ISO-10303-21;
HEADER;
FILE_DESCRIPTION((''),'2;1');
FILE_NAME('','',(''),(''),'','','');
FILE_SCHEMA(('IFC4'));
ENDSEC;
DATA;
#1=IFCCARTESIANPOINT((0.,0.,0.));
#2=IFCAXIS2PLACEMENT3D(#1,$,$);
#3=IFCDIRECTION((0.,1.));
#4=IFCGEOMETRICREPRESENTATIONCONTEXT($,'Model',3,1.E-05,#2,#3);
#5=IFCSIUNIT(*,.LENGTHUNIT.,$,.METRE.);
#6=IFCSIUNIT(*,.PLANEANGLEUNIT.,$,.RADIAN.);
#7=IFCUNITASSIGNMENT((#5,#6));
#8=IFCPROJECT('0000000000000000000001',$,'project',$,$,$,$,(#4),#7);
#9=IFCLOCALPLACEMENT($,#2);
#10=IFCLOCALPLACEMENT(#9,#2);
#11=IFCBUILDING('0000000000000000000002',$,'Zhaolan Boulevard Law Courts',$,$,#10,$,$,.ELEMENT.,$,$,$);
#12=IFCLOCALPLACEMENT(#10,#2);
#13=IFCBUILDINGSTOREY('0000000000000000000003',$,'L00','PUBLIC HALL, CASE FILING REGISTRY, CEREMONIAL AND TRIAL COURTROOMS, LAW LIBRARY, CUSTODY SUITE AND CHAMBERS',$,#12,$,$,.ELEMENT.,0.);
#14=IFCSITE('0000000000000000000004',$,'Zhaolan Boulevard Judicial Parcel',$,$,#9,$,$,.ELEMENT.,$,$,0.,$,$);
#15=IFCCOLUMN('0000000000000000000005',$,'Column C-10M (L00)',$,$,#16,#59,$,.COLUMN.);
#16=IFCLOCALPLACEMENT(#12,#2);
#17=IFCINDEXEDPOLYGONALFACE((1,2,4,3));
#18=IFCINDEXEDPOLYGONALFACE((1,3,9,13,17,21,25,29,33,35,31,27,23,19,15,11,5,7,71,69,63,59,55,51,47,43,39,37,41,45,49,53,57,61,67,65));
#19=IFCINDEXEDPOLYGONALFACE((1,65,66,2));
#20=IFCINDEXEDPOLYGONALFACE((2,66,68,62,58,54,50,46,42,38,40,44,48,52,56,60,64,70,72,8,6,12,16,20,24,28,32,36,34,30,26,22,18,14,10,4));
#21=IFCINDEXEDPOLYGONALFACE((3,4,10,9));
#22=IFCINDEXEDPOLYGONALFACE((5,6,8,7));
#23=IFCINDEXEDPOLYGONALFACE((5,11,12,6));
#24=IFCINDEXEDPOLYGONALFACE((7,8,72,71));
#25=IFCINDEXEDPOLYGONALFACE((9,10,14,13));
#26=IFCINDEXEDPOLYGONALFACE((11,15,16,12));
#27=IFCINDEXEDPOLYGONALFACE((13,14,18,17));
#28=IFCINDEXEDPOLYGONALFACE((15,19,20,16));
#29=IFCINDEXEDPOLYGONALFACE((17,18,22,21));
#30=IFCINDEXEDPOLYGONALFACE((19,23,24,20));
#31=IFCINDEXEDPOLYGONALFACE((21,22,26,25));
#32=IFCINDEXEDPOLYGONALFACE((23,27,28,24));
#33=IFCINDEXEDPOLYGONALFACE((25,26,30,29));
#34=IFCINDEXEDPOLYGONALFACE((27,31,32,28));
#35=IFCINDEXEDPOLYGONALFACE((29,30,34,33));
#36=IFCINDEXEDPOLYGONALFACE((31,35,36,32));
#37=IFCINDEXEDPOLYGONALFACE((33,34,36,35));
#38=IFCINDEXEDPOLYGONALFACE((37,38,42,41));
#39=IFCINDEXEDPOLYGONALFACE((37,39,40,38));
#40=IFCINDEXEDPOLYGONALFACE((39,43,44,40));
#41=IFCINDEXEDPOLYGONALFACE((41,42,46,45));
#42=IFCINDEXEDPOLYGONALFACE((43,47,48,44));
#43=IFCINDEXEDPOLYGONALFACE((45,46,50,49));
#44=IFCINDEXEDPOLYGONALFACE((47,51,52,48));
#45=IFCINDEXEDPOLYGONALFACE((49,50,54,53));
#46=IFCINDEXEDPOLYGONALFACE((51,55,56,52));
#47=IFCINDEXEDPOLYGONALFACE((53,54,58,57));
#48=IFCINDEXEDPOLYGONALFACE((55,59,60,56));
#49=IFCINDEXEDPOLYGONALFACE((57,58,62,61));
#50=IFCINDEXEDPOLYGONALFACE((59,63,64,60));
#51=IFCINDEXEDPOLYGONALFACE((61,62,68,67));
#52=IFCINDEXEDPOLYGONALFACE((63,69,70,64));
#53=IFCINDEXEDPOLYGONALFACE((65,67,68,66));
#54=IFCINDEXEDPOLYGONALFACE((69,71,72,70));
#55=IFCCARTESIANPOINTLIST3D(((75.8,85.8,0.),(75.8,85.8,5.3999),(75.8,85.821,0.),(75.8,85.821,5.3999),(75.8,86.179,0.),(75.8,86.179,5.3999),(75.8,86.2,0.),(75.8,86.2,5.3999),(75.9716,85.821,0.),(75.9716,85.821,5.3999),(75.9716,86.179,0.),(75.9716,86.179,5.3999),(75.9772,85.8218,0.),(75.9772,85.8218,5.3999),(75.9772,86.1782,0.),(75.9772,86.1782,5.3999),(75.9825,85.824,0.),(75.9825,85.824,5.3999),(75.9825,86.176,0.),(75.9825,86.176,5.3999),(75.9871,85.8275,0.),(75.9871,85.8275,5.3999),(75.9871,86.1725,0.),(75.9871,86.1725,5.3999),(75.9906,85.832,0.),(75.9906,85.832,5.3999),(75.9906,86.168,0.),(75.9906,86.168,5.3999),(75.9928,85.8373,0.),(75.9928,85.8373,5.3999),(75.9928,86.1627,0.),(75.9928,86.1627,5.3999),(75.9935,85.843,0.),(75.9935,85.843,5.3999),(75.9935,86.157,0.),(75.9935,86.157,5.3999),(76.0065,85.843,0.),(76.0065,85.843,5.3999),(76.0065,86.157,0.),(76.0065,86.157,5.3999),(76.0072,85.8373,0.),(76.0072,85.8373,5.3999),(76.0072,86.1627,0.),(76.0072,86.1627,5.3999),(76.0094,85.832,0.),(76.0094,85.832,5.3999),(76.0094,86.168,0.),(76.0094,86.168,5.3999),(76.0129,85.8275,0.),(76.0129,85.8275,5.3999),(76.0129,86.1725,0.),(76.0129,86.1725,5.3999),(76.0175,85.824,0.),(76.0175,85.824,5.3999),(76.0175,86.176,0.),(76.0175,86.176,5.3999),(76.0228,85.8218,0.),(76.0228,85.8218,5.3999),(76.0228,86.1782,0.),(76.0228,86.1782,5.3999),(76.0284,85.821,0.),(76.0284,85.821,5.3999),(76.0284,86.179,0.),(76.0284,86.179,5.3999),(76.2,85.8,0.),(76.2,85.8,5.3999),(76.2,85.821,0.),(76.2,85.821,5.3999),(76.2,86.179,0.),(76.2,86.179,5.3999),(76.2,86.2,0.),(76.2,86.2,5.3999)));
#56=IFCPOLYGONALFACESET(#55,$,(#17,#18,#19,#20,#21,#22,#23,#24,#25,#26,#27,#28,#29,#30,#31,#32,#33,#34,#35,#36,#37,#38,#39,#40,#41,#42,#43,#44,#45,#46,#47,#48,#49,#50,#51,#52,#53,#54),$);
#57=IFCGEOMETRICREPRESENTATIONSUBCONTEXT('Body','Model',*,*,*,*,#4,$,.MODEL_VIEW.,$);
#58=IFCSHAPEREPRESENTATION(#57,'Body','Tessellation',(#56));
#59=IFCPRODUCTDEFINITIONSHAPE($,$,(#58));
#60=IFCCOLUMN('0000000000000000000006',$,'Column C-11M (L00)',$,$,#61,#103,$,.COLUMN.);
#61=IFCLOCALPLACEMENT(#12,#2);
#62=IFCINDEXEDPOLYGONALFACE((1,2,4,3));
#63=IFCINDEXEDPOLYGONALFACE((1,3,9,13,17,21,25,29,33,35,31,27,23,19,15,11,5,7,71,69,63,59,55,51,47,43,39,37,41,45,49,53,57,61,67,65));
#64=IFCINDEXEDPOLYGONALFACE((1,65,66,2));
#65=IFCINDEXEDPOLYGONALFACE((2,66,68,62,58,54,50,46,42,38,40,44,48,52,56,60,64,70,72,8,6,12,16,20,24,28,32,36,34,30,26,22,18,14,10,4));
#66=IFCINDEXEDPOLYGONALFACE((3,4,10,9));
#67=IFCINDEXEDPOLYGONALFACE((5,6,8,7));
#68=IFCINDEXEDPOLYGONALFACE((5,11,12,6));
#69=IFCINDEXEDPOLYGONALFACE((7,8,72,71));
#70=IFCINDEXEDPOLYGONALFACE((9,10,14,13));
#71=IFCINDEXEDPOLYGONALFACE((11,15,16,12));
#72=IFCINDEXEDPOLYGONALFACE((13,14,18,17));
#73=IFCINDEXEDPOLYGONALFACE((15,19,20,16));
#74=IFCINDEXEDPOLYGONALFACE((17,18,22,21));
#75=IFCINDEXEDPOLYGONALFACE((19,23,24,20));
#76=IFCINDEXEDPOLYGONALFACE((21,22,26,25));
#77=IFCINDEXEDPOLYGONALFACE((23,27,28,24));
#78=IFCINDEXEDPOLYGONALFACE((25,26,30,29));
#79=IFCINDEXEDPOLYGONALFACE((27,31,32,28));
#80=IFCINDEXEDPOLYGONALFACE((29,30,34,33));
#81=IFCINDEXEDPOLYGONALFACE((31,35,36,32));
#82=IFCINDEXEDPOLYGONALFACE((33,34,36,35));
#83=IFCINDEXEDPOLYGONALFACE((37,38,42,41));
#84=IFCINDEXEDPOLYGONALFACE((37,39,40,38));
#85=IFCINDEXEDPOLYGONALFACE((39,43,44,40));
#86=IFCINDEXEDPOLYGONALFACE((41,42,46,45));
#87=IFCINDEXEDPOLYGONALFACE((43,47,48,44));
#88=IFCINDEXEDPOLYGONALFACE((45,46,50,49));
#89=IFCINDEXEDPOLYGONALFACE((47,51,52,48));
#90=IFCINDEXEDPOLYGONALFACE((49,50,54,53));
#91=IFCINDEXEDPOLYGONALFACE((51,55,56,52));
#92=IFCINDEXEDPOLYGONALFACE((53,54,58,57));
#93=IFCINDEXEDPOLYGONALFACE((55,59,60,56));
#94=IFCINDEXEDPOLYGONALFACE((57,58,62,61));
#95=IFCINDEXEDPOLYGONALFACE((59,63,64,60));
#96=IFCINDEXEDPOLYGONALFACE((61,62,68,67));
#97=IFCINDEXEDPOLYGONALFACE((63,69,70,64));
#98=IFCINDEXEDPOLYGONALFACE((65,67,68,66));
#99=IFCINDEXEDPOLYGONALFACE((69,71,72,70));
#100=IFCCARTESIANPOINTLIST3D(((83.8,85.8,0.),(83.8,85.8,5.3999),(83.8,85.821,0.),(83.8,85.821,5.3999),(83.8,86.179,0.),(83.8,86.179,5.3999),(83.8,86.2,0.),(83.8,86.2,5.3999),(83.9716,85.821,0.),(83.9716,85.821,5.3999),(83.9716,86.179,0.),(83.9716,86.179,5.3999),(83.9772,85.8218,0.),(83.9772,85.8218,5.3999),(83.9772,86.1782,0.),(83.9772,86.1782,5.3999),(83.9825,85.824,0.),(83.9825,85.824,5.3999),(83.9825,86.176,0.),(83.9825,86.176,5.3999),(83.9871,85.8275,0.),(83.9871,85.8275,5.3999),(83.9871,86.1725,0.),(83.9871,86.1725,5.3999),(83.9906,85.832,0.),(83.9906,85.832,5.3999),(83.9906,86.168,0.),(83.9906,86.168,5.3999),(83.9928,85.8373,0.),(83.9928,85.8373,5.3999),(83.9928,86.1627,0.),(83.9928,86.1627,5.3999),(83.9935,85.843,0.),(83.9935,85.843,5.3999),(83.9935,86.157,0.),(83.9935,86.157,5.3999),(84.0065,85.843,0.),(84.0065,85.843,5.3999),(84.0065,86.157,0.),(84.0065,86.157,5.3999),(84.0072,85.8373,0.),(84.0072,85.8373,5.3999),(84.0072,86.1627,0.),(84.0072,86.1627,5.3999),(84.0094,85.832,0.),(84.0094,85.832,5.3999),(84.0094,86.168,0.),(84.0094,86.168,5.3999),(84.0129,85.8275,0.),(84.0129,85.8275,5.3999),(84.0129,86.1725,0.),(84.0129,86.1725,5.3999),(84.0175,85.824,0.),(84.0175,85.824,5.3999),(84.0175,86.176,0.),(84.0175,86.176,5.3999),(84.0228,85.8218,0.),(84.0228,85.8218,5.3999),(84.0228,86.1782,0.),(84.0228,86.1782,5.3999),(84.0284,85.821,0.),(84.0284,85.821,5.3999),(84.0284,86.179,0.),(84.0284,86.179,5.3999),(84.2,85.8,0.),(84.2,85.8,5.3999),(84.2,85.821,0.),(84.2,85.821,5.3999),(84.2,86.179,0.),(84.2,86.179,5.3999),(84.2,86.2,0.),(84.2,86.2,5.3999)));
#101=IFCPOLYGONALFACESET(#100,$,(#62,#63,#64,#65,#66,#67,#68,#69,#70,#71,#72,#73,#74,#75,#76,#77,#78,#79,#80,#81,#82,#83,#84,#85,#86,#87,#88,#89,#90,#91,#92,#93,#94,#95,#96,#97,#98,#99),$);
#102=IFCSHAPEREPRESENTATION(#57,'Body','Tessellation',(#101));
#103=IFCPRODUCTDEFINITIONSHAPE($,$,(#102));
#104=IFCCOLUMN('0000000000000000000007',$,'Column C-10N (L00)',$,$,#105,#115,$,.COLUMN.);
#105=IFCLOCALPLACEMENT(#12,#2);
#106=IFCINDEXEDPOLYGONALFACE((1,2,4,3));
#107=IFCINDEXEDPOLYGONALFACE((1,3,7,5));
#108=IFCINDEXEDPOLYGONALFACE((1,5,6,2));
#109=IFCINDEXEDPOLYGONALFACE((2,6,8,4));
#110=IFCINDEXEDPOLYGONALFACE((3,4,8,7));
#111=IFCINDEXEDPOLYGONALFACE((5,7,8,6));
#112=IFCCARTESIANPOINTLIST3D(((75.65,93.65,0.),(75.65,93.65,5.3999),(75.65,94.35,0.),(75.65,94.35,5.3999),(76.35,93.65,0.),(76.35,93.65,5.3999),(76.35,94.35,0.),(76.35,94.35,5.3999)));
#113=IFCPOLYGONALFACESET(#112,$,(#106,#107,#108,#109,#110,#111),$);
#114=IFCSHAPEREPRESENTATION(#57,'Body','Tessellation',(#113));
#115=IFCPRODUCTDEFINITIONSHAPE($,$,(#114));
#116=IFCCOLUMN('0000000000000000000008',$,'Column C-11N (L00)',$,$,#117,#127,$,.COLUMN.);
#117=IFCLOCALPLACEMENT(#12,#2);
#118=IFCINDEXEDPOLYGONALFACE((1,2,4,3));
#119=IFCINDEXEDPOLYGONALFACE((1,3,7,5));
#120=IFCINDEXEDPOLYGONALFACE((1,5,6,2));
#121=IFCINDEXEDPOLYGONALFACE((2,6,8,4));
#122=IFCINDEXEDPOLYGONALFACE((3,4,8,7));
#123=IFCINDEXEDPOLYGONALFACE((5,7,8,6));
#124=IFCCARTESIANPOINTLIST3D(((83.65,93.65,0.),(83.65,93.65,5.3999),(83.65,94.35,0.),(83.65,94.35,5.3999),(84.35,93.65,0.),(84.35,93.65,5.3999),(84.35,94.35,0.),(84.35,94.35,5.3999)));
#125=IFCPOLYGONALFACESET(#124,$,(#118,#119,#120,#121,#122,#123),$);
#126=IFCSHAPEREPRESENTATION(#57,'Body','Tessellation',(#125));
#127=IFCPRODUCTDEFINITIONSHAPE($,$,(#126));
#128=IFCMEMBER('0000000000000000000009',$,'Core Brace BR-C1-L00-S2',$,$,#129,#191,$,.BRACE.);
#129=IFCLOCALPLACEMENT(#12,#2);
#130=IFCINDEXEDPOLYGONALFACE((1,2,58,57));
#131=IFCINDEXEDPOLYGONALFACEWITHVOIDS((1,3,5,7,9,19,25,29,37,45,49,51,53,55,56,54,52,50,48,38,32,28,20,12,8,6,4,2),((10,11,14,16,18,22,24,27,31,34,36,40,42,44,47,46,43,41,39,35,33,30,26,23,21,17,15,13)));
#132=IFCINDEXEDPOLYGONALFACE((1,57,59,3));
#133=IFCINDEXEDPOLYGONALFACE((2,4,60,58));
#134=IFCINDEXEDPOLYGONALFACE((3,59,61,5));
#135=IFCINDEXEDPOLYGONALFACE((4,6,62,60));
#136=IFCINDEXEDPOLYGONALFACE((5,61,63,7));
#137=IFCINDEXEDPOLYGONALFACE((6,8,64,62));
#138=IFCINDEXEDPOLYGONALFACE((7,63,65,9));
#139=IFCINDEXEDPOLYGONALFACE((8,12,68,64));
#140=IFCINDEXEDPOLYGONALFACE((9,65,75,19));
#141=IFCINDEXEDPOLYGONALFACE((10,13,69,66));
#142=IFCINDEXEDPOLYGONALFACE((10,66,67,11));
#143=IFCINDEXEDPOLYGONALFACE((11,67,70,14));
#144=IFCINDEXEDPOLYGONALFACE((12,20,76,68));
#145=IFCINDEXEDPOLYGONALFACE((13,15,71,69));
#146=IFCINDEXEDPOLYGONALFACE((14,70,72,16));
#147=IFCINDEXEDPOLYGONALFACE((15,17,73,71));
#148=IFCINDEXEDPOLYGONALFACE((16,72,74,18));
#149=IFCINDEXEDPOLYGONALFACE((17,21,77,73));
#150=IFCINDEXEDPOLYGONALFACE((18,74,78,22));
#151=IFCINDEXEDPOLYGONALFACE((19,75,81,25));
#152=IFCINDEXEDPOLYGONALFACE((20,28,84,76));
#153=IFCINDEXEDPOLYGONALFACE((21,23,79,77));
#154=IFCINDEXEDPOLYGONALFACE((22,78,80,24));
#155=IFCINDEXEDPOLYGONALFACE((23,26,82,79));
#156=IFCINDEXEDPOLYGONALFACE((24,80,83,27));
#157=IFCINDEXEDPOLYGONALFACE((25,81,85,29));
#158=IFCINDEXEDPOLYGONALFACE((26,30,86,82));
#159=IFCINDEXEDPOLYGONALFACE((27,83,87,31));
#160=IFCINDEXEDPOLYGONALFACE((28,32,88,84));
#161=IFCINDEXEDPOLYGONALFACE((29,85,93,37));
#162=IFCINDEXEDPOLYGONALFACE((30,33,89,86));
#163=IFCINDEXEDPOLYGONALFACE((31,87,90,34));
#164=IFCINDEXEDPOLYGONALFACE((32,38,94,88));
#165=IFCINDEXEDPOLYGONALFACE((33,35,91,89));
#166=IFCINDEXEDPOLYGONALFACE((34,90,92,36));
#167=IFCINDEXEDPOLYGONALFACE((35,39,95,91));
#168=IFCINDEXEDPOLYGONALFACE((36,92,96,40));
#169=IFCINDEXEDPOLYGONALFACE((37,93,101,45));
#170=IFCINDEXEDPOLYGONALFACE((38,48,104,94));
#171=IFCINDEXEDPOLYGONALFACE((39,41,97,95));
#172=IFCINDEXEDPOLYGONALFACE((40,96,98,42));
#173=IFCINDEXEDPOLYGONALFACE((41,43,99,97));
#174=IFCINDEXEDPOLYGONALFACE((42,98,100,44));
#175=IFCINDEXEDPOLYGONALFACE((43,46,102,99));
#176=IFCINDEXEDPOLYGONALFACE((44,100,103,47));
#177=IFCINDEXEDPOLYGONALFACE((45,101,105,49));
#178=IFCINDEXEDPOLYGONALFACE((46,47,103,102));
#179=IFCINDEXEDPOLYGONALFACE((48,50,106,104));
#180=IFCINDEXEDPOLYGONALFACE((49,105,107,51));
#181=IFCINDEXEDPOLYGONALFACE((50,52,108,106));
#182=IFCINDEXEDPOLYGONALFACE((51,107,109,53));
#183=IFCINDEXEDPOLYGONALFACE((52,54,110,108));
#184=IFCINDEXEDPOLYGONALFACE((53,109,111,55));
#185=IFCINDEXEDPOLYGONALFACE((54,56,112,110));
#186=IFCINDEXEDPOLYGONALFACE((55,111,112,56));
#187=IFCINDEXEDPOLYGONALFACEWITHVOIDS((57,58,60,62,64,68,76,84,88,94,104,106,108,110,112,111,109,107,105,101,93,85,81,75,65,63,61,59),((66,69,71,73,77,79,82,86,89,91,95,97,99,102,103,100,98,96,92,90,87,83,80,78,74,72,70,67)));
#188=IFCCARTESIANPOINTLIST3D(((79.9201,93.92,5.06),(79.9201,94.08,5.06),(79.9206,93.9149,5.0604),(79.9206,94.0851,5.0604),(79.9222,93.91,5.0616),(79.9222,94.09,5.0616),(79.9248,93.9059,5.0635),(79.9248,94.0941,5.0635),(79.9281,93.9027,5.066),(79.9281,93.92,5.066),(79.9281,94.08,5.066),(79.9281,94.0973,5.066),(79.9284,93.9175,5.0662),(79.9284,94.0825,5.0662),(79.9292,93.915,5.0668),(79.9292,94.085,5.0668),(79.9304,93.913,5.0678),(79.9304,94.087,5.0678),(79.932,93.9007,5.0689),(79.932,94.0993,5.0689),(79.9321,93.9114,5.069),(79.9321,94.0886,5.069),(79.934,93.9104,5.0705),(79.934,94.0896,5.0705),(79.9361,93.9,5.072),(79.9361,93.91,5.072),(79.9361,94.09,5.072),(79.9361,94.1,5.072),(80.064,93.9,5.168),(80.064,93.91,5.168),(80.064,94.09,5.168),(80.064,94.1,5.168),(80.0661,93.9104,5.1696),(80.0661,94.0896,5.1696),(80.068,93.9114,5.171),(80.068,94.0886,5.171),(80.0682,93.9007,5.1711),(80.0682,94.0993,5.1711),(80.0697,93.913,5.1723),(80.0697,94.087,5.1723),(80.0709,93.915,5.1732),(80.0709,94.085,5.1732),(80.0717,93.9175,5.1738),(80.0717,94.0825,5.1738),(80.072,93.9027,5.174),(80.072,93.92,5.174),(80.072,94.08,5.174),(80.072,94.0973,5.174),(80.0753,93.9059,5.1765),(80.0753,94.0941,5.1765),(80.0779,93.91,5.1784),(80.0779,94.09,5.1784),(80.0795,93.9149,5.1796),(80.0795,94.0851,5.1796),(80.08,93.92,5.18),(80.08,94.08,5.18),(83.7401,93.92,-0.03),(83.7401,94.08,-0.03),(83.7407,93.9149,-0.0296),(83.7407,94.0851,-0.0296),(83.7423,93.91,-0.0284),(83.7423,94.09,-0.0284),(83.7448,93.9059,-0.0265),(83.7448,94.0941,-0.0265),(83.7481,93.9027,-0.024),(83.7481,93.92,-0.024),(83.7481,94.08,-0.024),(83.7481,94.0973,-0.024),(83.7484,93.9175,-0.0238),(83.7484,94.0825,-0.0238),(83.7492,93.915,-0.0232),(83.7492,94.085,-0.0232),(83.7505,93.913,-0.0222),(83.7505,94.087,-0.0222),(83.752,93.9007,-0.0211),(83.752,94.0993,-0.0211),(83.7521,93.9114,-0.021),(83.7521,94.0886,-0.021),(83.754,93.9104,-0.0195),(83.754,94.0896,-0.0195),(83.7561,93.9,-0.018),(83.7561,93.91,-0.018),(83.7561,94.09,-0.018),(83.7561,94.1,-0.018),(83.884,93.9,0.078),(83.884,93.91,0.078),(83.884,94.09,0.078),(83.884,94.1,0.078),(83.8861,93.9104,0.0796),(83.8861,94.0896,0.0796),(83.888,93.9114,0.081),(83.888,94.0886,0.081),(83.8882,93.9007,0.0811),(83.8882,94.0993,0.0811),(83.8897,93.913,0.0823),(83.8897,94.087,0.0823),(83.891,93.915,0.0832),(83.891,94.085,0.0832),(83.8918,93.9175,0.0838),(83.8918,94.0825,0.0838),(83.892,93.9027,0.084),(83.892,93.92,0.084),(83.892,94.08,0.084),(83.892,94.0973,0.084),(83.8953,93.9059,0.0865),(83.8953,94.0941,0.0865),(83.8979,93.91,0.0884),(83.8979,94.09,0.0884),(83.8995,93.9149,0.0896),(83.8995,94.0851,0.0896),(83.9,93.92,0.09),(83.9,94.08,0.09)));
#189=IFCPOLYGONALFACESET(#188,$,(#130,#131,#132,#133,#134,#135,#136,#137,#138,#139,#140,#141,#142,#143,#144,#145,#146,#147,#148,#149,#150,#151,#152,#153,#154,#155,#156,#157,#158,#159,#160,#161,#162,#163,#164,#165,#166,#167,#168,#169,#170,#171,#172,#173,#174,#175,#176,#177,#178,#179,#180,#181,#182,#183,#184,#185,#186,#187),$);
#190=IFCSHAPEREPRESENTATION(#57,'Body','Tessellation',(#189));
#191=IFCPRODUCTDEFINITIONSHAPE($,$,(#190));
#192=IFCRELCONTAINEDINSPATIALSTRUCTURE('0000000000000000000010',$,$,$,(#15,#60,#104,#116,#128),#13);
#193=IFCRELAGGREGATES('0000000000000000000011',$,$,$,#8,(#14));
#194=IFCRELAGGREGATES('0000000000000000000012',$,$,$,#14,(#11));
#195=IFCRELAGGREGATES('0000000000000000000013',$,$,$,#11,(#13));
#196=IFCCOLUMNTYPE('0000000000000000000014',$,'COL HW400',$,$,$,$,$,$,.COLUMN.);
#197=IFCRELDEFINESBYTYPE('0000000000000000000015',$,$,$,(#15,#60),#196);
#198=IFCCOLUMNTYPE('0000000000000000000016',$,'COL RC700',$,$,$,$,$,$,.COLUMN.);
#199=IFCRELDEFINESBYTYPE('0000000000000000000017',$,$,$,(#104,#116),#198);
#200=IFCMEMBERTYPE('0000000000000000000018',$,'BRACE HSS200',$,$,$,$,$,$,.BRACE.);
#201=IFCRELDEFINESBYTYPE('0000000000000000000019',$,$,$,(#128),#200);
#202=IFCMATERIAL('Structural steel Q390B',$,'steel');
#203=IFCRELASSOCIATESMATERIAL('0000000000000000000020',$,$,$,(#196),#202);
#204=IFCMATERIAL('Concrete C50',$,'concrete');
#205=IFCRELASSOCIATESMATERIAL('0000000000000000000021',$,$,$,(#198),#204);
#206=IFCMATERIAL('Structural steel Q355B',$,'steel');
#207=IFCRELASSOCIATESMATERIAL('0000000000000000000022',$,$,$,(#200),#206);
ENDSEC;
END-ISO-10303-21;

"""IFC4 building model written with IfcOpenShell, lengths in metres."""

from ifc_helpers import new_model, si_unit, direction, frame, origin, origin_2d, place, context, subcontext, project, spatial, rectangle, hollow_rectangle, i_section, extrude, material, material_profile, profile_set, type_object, element, save


model = new_model("IFC4")

# Units and contexts
model_context = context("Model", 3, precision=1e-05, world=origin(), true_north=direction((0.0, 1.0)))
body_context = subcontext(model_context, "Body", "Model", "MODEL_VIEW")
ifc_project = project(units=[si_unit("LENGTHUNIT", "METRE"), si_unit("PLANEANGLEUNIT", "RADIAN")], contexts=[model_context])

# Site, building, storey
site_placement = place(None, origin())
site = spatial("IfcSite", under=ifc_project, at=site_placement, Name="Zhaolan Boulevard Judicial Parcel", CompositionType="ELEMENT", RefElevation=0.0)
building_placement = place(site_placement, origin())
building = spatial("IfcBuilding", under=site, at=building_placement, Name="Zhaolan Boulevard Law Courts", CompositionType="ELEMENT")
storey_placement = place(building_placement, origin())
storey = spatial("IfcBuildingStorey", under=building, at=storey_placement, Name="L00", Description="PUBLIC HALL, CASE FILING REGISTRY, CEREMONIAL AND TRIAL COURTROOMS, LAW LIBRARY, CUSTODY SUITE AND CHAMBERS", CompositionType="ELEMENT", Elevation=0.0)

# Columns
ifc_material_1 = material(Name="Structural steel Q390B", Category="steel")
ifc_material_profile_1 = material_profile(ifc_material_1, i_section(OverallWidth=0.3999, OverallDepth=0.3999, WebThickness=0.0129, FlangeThickness=0.021, FilletRadius=0.022, at=origin_2d()), Name="HW400x400")
ifc_profile_set_1 = profile_set([ifc_material_profile_1], Name="Structural steel Q390B")
column_type_1 = type_object("IfcColumnType", Name="COL HW400", PredefinedType="COLUMN", material=ifc_profile_set_1)
for number, where, z_axis, x_axis, name in (
    (1, (76.0, 86.0, 0.0), (0.0, 0.0, 1.0), (1.0, 0.0, 0.0), "Column C-10M (L00)"),
    (2, (84.0, 86.0, 0.0), (0.0, 0.0, 1.0), (1.0, 0.0, 0.0), "Column C-11M (L00)"),
):
    element("IfcColumn", number, at=place(storey_placement, frame(where, z_axis=z_axis, x_axis=x_axis)), inside=storey, type_object=column_type_1, Name=name, PredefinedType="COLUMN", context=body_context, shape_type="SweptSolid", body=[
        extrude(i_section(OverallWidth=0.3999, OverallDepth=0.3999, WebThickness=0.0129, FlangeThickness=0.021, FilletRadius=0.022, at=origin_2d()), origin(), (0.0, 0.0, 1.0), 5.3999),
    ])
ifc_material_2 = material(Name="Concrete C50", Category="concrete")
ifc_material_profile_2 = material_profile(ifc_material_2, rectangle(XDim=0.7, YDim=0.7, at=origin_2d()), Name="RC700x700")
ifc_profile_set_2 = profile_set([ifc_material_profile_2], Name="Concrete C50")
column_type_2 = type_object("IfcColumnType", Name="COL RC700", PredefinedType="COLUMN", material=ifc_profile_set_2)
for number, where, z_axis, x_axis, name in (
    (3, (76.0, 94.0, 0.0), (0.0, 0.0, 1.0), (1.0, 0.0, 0.0), "Column C-10N (L00)"),
    (4, (84.0, 94.0, 0.0), (0.0, 0.0, 1.0), (1.0, 0.0, 0.0), "Column C-11N (L00)"),
):
    element("IfcColumn", number, at=place(storey_placement, frame(where, z_axis=z_axis, x_axis=x_axis)), inside=storey, type_object=column_type_2, Name=name, PredefinedType="COLUMN", context=body_context, shape_type="SweptSolid", body=[
        extrude(rectangle(XDim=0.7, YDim=0.7, at=origin_2d()), origin(), (0.0, 0.0, 1.0), 5.3999),
    ])

# Member
ifc_material_3 = material(Name="Structural steel Q355B", Category="steel")
ifc_material_profile_3 = material_profile(ifc_material_3, hollow_rectangle(XDim=0.2, YDim=0.2, WallThickness=0.01, InnerFilletRadius=0.01, OuterFilletRadius=0.02, at=origin_2d()), Name="HSS200x200x10")
ifc_profile_set_3 = profile_set([ifc_material_profile_3], Name="Structural steel Q355B")
member_type_1 = type_object("IfcMemberType", Name="BRACE HSS200", PredefinedType="BRACE", material=ifc_profile_set_3)
member_1_placement = place(storey_placement, frame((83.8201, 94.0, 0.03), z_axis=(-0.600252, 0.0, 0.799811), x_axis=(0.0, -1.0, 0.0)))
element("IfcMember", 5, at=member_1_placement, inside=storey, type_object=member_type_1, Name="Core Brace BR-C1-L00-S2", PredefinedType="BRACE", context=body_context, shape_type="SweptSolid", body=[
    extrude(hollow_rectangle(XDim=0.2, YDim=0.2, WallThickness=0.01, InnerFilletRadius=0.01, OuterFilletRadius=0.02, at=origin_2d()), origin(), (0.0, 0.0, 1.0), 6.364),
])

save(model, "model.ifc")
